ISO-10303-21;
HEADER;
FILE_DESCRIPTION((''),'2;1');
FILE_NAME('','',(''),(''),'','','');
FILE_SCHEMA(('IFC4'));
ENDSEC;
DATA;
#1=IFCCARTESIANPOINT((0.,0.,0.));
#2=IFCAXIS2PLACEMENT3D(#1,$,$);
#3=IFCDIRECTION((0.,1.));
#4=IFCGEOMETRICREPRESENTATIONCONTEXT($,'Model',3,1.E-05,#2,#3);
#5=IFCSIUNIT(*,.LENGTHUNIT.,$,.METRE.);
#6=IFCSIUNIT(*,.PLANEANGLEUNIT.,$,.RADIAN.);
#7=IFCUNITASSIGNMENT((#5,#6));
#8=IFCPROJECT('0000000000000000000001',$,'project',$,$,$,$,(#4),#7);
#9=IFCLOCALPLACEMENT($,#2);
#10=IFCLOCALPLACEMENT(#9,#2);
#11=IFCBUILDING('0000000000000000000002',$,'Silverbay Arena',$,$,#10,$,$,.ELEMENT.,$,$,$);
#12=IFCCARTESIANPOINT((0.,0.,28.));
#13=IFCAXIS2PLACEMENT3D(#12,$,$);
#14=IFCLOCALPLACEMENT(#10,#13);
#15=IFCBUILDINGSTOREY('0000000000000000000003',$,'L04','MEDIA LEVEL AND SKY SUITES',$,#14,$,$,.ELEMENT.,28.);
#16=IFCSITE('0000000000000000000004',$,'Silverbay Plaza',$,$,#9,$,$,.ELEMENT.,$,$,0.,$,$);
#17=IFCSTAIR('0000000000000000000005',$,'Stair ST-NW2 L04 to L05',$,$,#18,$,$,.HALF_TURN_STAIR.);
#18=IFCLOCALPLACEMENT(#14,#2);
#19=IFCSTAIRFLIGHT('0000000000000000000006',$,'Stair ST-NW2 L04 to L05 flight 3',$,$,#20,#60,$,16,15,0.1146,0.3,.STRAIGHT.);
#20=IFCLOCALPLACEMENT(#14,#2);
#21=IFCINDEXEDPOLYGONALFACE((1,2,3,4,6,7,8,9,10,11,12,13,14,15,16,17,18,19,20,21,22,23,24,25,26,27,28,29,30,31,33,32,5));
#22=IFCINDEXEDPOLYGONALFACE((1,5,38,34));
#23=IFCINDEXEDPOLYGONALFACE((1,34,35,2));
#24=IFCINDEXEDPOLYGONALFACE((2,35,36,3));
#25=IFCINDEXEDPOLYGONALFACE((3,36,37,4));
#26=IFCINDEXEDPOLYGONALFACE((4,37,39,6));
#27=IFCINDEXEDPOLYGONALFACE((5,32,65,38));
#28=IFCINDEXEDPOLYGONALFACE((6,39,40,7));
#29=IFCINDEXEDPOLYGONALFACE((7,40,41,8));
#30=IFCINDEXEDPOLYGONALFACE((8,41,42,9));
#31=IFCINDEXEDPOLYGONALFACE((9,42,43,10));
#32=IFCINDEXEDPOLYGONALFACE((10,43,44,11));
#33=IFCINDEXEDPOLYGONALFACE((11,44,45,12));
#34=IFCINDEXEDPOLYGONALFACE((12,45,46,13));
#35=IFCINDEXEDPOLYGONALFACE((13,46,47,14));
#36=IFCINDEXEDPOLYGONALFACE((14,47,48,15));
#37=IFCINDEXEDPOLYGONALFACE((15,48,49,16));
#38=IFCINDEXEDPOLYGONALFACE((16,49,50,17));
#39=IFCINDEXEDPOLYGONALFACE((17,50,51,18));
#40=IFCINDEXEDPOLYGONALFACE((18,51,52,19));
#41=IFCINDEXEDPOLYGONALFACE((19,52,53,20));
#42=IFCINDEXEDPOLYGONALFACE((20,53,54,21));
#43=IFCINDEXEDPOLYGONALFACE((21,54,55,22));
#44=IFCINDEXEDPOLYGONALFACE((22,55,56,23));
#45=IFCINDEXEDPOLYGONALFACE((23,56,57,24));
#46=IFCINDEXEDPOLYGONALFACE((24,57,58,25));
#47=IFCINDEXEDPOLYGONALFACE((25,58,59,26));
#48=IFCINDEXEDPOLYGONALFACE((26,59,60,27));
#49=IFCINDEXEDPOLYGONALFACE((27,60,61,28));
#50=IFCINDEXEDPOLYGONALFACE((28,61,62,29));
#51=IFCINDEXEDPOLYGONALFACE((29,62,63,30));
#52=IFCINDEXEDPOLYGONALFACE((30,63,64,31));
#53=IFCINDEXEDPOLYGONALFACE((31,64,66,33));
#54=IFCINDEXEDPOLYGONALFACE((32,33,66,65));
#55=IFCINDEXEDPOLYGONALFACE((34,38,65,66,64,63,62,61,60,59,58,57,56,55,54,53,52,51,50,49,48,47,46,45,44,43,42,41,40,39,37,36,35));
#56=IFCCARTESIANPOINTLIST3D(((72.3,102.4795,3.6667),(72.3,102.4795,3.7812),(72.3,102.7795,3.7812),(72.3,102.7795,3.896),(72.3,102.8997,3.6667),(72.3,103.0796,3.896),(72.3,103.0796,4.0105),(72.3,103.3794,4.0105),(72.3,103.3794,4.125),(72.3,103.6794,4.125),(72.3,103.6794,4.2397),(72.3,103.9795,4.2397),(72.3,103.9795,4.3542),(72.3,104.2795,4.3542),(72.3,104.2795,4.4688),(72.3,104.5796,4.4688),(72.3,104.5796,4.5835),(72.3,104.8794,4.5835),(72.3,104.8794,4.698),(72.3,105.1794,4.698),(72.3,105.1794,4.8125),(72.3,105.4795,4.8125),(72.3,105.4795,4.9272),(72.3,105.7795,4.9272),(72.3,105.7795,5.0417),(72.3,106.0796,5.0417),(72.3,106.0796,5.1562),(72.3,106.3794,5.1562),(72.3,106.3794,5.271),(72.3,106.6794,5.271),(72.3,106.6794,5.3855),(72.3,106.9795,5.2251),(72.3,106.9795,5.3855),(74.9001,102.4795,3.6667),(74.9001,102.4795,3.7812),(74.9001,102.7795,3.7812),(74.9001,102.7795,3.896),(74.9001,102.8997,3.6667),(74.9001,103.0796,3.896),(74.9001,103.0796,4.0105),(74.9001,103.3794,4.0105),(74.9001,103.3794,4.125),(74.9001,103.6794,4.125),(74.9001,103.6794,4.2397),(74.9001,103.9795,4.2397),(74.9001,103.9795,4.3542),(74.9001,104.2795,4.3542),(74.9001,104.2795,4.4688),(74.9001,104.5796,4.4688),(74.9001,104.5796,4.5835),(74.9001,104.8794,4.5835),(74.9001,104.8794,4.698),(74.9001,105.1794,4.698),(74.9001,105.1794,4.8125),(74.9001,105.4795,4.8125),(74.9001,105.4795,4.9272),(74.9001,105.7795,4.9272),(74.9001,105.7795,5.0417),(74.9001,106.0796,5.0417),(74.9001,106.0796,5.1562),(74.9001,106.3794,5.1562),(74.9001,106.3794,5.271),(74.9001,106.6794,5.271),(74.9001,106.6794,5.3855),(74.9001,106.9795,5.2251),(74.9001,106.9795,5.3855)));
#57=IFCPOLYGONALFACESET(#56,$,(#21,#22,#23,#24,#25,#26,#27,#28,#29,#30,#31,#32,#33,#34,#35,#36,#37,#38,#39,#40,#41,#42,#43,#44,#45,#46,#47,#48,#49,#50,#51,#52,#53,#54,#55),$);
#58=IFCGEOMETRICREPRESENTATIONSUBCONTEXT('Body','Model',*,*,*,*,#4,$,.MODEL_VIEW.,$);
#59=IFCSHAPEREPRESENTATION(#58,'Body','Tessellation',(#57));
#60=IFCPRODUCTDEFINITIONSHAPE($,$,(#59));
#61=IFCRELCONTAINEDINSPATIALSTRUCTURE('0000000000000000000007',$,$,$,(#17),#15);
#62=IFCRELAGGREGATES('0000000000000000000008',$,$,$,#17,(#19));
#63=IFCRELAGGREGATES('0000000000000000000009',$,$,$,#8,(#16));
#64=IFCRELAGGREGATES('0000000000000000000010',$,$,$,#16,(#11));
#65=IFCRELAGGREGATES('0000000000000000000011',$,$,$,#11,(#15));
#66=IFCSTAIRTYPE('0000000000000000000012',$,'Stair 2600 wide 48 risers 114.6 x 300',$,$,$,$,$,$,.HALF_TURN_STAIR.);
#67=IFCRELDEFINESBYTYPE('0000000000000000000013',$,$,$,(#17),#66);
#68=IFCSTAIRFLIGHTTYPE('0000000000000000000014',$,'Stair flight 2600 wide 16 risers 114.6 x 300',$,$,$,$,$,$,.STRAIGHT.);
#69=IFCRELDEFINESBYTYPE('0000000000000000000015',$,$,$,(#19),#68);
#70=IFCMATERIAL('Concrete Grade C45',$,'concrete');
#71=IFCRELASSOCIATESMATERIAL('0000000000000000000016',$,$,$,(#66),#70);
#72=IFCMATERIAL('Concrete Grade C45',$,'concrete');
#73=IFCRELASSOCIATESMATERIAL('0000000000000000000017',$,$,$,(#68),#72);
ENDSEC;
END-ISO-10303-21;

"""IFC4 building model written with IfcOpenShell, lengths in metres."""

from ifc_helpers import new_model, si_unit, direction, frame, origin, place, context, subcontext, project, spatial, polyline, outline, extrude, material, type_object, element, aggregate, save


model = new_model("IFC4")

# Units and contexts
model_context = context("Model", 3, precision=1e-05, world=origin(), true_north=direction((0.0, 1.0)))
body_context = subcontext(model_context, "Body", "Model", "MODEL_VIEW")
ifc_project = project(units=[si_unit("LENGTHUNIT", "METRE"), si_unit("PLANEANGLEUNIT", "RADIAN")], contexts=[model_context])

# Site, building, storey
site_placement = place(None, origin())
site = spatial("IfcSite", under=ifc_project, at=site_placement, Name="Silverbay Plaza", CompositionType="ELEMENT", RefElevation=0.0)
building_placement = place(site_placement, origin())
building = spatial("IfcBuilding", under=site, at=building_placement, Name="Silverbay Arena", CompositionType="ELEMENT")
storey_placement = place(building_placement, frame((0.0, 0.0, 28.0)))
storey = spatial("IfcBuildingStorey", under=building, at=storey_placement, Name="L04", Description="MEDIA LEVEL AND SKY SUITES", CompositionType="ELEMENT", Elevation=28.0)

# Stair, stair flight
ifc_material_1 = material(Name="Concrete Grade C45", Category="concrete")
stair_type = type_object("IfcStairType", Name="Stair 2600 wide 48 risers 114.6 x 300", PredefinedType="HALF_TURN_STAIR", material=ifc_material_1)
stair_placement = place(storey_placement, origin())
stair = element("IfcStair", 1, at=stair_placement, inside=storey, type_object=stair_type, Name="Stair ST-NW2 L04 to L05", PredefinedType="HALF_TURN_STAIR")
ifc_material_2 = material(Name="Concrete Grade C45", Category="concrete")
stair_flight_type = type_object("IfcStairFlightType", Name="Stair flight 2600 wide 16 risers 114.6 x 300", PredefinedType="STRAIGHT", material=ifc_material_2)
stair_flight_1_placement = place(storey_placement, frame((73.6001, 102.4795, 3.6667), z_axis=(0.0, 0.0, 1.0), x_axis=(0.0, 1.0, 0.0)))
stair_flight_1 = element("IfcStairFlight", 2, at=stair_flight_1_placement, type_object=stair_flight_type, Name="Stair ST-NW2 L04 to L05 flight 3", NumberOfRisers=16, NumberOfTreads=15, PredefinedType="STRAIGHT", RiserHeight=0.1146, TreadLength=0.3, context=body_context, shape_type="SweptSolid", body=[
    extrude(outline(polyline([(0.0, 0.0), (0.0, 0.1145), (0.3, 0.1145), (0.3, 0.2292), (0.6001, 0.2292), (0.6001, 0.3438), (0.8999, 0.3438), (0.8999, 0.4583), (1.2, 0.4583), (1.2, 0.573), (1.5, 0.573), (1.5, 0.6875), (1.8, 0.6875), (1.8, 0.802), (2.1001, 0.802), (2.1001, 0.9167), (2.3999, 0.9167), (2.3999, 1.0312), (2.7, 1.0312), (2.7, 1.1458), (3.0, 1.1458), (3.0, 1.2605), (3.3, 1.2605), (3.3, 1.375), (3.6001, 1.375), (3.6001, 1.4895), (3.8999, 1.4895), (3.8999, 1.6042), (4.2, 1.6042), (4.2, 1.7188), (4.5, 1.7188), (4.5, 1.5583), (0.4202, 0.0), (0.0, 0.0)])), frame((0.0, 1.3, 0.0), z_axis=(0.0, -1.0, 0.0), x_axis=(1.0, 0.0, 0.0)), (0.0, 0.0, 1.0), 2.6001),
])
aggregate(stair, [stair_flight_1])

save(model, "model.ifc")
